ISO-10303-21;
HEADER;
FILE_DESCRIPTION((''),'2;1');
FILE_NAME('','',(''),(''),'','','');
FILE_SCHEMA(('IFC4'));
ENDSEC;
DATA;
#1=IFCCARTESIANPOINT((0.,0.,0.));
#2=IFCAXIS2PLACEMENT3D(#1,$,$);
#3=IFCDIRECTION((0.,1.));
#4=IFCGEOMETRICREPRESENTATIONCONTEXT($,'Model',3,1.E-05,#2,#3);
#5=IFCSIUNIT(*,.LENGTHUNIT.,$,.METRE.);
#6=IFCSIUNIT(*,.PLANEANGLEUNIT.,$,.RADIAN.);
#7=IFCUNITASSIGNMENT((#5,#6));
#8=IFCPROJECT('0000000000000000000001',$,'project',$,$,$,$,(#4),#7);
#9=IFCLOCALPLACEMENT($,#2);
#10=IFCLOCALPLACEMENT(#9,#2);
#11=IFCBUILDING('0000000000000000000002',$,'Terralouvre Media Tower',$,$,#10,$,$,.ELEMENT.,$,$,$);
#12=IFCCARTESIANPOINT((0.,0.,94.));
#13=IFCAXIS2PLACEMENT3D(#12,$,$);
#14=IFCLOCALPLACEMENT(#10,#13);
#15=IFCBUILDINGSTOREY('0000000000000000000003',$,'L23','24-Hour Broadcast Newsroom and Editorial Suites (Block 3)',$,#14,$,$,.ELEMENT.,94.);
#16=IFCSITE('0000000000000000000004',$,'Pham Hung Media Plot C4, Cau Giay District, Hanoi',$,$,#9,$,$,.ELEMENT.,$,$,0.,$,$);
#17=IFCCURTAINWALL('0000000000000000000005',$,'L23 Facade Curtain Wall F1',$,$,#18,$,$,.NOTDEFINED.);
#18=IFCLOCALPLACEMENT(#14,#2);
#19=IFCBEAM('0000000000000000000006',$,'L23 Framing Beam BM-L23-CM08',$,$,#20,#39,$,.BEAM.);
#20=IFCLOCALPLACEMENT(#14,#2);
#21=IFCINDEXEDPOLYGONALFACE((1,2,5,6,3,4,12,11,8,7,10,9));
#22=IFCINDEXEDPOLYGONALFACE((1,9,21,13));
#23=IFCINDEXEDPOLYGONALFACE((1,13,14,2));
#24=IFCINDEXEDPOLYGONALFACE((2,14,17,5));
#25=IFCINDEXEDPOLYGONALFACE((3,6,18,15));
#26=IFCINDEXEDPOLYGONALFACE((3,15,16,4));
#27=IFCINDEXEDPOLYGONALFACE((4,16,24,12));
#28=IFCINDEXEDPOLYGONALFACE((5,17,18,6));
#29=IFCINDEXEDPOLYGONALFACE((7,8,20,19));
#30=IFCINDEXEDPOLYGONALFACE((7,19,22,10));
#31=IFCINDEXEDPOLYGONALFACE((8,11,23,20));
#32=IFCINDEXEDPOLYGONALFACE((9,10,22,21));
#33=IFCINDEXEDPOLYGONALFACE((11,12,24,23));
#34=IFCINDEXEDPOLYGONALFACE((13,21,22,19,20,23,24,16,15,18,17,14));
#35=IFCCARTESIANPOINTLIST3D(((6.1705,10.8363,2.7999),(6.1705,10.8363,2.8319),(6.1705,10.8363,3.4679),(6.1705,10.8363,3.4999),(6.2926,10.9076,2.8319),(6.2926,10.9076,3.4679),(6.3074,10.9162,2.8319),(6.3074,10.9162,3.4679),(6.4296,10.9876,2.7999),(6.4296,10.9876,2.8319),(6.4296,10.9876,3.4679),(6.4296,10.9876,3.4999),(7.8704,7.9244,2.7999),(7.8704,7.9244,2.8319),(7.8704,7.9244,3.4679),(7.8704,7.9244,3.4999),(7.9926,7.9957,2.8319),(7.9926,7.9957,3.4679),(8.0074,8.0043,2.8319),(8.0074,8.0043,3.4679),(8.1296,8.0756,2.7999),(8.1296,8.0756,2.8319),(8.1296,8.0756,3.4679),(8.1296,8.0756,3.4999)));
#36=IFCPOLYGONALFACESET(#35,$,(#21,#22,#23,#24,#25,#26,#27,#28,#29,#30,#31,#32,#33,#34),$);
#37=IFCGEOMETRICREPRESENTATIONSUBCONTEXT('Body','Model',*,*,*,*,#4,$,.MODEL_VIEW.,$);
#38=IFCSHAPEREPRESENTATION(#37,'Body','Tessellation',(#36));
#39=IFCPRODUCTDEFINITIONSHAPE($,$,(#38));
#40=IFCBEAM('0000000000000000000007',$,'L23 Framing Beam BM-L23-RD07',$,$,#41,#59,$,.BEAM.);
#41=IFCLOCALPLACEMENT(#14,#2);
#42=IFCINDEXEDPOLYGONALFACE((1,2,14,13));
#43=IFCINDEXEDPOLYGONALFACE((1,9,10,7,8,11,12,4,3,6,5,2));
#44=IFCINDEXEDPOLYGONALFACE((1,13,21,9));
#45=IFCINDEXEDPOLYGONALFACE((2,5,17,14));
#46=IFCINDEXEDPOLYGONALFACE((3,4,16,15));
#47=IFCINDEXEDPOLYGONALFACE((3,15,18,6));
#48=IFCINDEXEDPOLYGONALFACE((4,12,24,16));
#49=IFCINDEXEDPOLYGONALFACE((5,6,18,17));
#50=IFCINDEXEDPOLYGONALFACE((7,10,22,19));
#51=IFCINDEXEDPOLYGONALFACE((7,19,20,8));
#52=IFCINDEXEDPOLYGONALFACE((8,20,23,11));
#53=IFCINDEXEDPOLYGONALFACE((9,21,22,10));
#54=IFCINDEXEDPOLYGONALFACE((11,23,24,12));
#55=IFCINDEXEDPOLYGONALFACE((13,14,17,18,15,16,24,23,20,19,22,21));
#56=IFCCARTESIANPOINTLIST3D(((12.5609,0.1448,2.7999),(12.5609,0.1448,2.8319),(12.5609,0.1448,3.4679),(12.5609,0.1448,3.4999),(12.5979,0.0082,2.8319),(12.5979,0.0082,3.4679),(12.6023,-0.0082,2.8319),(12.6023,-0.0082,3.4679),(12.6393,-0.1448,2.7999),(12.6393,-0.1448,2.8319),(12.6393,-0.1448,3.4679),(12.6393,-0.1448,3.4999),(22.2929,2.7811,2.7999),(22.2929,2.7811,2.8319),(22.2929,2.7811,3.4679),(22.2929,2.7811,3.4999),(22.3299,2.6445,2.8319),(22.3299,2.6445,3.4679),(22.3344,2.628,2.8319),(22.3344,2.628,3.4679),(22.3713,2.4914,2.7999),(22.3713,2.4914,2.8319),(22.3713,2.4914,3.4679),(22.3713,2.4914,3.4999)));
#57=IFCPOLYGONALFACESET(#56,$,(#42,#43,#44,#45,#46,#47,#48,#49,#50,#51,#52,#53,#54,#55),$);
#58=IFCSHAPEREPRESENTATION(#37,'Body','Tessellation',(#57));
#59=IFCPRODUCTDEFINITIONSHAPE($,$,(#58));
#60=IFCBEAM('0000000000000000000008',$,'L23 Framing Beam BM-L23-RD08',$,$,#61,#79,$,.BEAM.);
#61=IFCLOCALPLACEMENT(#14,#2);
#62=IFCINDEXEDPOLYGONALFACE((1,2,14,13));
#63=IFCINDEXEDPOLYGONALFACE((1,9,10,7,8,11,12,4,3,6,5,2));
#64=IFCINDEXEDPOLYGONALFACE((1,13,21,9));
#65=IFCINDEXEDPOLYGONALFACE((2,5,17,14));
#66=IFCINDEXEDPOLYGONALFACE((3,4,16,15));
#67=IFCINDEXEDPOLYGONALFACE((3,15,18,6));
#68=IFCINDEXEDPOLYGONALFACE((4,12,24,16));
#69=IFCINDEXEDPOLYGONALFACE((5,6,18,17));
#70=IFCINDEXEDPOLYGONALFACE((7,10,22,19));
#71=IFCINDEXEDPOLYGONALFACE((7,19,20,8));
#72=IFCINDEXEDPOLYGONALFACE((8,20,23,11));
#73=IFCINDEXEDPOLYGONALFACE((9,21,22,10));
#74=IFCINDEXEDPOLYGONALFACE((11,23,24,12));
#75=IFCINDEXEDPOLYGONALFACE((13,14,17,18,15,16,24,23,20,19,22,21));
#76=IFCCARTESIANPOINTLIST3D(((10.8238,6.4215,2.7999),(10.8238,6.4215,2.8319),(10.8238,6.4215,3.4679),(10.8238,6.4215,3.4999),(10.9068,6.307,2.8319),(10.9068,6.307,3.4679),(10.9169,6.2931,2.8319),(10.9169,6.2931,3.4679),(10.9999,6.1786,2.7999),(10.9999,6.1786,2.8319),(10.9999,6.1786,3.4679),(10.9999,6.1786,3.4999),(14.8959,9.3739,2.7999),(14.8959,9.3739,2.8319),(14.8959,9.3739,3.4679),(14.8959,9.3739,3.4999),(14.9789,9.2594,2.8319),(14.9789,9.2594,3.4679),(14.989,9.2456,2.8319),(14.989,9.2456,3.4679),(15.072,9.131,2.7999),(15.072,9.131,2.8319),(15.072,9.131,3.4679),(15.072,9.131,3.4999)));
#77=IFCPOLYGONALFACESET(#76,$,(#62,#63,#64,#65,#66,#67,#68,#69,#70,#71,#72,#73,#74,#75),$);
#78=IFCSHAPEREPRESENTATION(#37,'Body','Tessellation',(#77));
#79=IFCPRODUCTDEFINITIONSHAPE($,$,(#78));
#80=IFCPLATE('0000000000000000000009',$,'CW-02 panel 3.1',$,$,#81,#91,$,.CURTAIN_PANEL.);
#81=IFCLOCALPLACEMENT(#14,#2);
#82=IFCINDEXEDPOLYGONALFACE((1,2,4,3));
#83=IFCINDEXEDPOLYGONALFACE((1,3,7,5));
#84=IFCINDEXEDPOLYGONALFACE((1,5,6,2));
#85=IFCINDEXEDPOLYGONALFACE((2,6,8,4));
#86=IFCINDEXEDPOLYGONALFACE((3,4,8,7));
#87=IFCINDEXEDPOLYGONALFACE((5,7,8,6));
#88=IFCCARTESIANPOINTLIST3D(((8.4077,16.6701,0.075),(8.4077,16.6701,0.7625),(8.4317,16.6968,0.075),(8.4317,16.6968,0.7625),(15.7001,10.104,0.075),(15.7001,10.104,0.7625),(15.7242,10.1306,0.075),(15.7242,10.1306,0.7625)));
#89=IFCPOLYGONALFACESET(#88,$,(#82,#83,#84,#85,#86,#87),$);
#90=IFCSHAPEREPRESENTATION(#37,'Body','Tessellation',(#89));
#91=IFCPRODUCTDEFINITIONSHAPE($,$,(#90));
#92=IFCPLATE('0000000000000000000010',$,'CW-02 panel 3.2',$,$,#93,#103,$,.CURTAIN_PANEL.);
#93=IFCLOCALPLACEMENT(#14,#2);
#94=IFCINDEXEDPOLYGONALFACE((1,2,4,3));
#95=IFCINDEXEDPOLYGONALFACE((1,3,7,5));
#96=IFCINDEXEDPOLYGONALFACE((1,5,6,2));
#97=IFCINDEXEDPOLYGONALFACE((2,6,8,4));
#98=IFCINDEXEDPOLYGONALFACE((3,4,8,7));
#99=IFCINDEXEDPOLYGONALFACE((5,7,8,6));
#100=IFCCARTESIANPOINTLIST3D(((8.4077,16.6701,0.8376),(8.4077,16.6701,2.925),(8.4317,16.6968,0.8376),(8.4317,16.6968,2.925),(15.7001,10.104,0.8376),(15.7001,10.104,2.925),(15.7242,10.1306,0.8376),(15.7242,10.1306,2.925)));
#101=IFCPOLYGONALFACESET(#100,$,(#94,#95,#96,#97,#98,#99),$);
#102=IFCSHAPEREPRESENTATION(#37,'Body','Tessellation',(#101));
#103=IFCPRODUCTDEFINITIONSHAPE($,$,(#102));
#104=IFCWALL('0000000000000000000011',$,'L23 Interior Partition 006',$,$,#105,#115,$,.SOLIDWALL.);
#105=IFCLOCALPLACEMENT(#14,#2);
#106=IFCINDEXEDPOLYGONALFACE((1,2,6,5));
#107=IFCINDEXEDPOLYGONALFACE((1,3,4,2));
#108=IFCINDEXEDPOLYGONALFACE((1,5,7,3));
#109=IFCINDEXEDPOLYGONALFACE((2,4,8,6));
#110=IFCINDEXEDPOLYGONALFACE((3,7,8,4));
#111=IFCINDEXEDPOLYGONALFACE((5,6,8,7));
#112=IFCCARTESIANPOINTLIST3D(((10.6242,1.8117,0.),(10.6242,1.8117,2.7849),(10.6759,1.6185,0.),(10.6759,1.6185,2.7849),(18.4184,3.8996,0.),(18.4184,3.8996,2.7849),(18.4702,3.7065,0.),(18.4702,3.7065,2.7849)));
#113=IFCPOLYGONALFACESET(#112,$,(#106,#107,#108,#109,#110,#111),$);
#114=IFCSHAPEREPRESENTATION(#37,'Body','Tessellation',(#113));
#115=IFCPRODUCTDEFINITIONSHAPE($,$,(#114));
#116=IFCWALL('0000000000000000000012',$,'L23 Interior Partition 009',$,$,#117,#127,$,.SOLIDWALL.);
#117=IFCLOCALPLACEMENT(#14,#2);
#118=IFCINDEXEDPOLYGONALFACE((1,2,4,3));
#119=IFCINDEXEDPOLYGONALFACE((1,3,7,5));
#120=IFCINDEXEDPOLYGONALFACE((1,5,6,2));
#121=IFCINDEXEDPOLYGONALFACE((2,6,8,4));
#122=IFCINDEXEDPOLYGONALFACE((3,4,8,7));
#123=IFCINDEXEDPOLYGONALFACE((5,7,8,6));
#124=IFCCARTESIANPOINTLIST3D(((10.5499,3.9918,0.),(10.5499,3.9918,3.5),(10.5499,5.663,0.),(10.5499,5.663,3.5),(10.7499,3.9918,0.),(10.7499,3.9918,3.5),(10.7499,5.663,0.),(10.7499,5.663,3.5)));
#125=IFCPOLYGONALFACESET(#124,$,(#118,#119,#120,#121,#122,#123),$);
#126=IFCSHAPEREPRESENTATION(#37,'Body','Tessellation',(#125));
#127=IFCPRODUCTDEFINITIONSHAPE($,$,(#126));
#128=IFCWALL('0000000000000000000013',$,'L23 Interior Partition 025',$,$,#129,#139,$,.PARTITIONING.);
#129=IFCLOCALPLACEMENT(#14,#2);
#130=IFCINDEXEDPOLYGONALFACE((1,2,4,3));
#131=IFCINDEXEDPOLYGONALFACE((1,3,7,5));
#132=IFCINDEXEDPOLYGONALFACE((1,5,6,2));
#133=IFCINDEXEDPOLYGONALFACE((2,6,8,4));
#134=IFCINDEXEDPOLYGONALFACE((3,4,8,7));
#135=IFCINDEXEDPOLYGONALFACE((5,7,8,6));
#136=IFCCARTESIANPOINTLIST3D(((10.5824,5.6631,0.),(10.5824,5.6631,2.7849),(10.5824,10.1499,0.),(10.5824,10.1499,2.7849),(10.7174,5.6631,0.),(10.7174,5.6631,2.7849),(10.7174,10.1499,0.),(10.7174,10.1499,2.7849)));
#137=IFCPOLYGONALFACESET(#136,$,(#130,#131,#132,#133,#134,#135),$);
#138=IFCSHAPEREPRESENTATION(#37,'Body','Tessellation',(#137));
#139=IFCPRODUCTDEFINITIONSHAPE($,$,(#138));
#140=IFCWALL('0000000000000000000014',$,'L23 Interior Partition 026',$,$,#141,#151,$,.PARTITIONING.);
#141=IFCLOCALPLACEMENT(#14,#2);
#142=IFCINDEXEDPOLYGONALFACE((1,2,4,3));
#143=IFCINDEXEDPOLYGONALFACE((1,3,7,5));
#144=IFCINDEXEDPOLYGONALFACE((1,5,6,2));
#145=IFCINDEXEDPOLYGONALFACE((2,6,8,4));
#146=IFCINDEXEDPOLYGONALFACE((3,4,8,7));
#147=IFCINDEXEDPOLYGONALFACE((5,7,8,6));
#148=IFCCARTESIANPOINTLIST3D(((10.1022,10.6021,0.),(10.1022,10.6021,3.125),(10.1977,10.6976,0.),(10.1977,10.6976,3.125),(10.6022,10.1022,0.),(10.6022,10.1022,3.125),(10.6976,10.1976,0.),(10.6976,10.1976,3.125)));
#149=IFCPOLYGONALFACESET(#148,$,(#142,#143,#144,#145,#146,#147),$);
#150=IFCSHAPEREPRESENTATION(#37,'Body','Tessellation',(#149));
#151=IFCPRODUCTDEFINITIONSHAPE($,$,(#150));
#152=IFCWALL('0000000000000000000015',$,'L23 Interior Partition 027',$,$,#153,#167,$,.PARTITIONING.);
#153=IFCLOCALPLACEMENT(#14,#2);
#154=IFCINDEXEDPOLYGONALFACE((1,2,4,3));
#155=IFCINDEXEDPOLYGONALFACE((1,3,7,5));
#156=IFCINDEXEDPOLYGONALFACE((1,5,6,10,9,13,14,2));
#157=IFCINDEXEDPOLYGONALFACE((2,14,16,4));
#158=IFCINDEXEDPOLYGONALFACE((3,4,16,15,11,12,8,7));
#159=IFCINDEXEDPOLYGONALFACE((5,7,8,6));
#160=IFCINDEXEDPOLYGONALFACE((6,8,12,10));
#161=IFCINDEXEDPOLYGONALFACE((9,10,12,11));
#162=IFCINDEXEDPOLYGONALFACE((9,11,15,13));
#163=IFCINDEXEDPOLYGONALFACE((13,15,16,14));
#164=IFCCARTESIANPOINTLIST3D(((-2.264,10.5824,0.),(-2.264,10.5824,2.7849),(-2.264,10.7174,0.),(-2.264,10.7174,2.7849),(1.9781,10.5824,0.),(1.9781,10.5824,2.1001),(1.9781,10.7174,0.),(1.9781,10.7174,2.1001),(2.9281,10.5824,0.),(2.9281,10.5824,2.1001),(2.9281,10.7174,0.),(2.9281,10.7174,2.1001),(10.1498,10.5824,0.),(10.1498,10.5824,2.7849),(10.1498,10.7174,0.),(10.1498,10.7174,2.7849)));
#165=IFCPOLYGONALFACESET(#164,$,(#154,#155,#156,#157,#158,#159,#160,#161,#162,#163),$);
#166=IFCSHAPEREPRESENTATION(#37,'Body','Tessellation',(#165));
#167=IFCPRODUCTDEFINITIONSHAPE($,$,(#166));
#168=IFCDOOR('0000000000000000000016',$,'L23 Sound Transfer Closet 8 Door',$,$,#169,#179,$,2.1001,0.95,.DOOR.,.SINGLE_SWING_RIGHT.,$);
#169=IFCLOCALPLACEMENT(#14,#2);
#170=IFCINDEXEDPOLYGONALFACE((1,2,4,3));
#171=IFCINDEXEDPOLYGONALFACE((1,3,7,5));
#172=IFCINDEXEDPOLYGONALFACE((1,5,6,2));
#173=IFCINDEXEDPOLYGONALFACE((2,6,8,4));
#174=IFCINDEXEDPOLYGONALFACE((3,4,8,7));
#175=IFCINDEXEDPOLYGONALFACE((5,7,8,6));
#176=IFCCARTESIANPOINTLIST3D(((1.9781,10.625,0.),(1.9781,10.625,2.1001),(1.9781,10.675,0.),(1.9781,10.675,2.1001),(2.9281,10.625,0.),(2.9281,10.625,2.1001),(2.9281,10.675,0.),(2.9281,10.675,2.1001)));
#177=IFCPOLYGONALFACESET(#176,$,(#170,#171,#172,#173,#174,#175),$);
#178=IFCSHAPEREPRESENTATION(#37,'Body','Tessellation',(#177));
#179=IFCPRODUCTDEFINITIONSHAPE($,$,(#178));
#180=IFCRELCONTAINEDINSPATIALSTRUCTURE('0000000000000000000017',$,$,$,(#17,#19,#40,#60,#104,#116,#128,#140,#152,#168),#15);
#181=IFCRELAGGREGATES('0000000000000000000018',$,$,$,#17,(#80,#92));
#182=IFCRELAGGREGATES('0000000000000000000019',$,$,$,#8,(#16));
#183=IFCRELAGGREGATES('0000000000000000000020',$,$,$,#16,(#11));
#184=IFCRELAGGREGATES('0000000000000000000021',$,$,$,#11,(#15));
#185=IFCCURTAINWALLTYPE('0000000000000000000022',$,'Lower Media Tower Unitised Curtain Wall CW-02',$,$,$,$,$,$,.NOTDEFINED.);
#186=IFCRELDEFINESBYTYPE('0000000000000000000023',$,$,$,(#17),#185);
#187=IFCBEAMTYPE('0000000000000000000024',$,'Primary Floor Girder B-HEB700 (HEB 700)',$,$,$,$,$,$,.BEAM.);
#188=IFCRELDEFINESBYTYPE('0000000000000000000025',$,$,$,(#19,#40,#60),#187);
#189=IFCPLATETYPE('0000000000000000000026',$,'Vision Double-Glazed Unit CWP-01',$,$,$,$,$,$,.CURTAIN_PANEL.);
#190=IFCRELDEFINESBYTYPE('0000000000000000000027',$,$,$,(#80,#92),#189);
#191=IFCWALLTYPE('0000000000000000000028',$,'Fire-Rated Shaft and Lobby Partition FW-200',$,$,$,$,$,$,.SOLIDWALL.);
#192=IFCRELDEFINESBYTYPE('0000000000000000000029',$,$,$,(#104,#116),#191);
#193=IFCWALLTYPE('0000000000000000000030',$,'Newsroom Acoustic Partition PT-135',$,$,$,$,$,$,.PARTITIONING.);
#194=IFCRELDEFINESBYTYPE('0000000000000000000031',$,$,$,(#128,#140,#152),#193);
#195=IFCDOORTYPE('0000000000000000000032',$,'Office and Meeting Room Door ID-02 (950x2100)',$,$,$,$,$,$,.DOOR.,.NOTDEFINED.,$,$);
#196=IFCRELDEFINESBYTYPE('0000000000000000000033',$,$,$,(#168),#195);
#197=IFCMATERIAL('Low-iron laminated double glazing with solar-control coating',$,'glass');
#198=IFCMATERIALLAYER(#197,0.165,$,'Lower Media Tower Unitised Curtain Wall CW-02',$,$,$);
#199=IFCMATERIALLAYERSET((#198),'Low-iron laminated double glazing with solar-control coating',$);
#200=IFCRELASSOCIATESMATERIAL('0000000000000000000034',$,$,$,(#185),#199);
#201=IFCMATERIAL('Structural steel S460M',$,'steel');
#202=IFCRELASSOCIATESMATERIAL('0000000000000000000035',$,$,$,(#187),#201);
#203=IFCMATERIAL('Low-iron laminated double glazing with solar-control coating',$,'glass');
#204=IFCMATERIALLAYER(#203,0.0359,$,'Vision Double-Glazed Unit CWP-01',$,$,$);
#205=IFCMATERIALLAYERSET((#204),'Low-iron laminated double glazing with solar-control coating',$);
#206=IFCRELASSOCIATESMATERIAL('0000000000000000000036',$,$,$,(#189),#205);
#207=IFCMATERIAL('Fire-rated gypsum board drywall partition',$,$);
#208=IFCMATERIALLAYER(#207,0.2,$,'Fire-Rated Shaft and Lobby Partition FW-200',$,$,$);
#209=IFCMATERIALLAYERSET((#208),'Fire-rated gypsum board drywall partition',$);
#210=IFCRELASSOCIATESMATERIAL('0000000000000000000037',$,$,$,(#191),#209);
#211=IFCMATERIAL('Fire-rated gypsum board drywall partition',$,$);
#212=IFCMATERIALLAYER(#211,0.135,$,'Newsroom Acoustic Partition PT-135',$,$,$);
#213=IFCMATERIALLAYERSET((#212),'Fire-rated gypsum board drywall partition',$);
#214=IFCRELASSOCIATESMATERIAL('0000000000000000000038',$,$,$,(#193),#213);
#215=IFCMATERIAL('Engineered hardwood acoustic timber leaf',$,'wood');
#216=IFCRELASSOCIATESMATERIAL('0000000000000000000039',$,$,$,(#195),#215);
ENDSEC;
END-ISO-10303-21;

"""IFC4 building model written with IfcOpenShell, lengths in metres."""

from ifc_helpers import new_model, si_unit, direction, frame, frame_2d, origin, origin_2d, place, context, subcontext, project, spatial, rectangle, i_section, extrude, material, layer, layer_set, material_profile, profile_set, type_object, element, fill, aggregate, save


model = new_model("IFC4")

# Units and contexts
model_context = context("Model", 3, precision=1e-05, world=origin(), true_north=direction((0.0, 1.0)))
body_context = subcontext(model_context, "Body", "Model", "MODEL_VIEW")
ifc_project = project(units=[si_unit("LENGTHUNIT", "METRE"), si_unit("PLANEANGLEUNIT", "RADIAN")], contexts=[model_context])

# Site, building, storey
site_placement = place(None, origin())
site = spatial("IfcSite", under=ifc_project, at=site_placement, Name="Pham Hung Media Plot C4, Cau Giay District, Hanoi", CompositionType="ELEMENT", RefElevation=0.0)
building_placement = place(site_placement, origin())
building = spatial("IfcBuilding", under=site, at=building_placement, Name="Terralouvre Media Tower", CompositionType="ELEMENT")
storey_placement = place(building_placement, frame((0.0, 0.0, 94.0)))
storey = spatial("IfcBuildingStorey", under=building, at=storey_placement, Name="L23", Description="24-Hour Broadcast Newsroom and Editorial Suites (Block 3)", CompositionType="ELEMENT", Elevation=94.0)

# Curtain wall
ifc_material_1 = material(Name="Low-iron laminated double glazing with solar-control coating", Category="glass")
ifc_layer_1 = layer(ifc_material_1, 0.165, Name="Lower Media Tower Unitised Curtain Wall CW-02")
ifc_layer_set_1 = layer_set([ifc_layer_1], Name="Low-iron laminated double glazing with solar-control coating")
curtain_wall_type = type_object("IfcCurtainWallType", Name="Lower Media Tower Unitised Curtain Wall CW-02", PredefinedType="NOTDEFINED", material=ifc_layer_set_1)
curtain_wall_placement = place(storey_placement, origin())
curtain_wall = element("IfcCurtainWall", 1, at=curtain_wall_placement, inside=storey, type_object=curtain_wall_type, Name="L23 Facade Curtain Wall F1", PredefinedType="NOTDEFINED")

# Beams
ifc_material_2 = material(Name="Structural steel S460M", Category="steel")
ifc_material_profile_1 = material_profile(ifc_material_2, i_section(OverallWidth=0.3, OverallDepth=0.7, WebThickness=0.0171, FlangeThickness=0.032, at=origin_2d()), Name="HEB 700")
ifc_profile_set_1 = profile_set([ifc_material_profile_1], Name="Structural steel S460M")
beam_type_1 = type_object("IfcBeamType", Name="Primary Floor Girder B-HEB700 (HEB 700)", PredefinedType="BEAM", material=ifc_profile_set_1)
for number, where, z_axis, x_axis, name in (
    (2, (8.0, 8.0, 3.1499), (-0.504173, 0.863603, 0.0), (-0.863603, -0.504173, 0.0), "L23 Framing Beam BM-L23-CM08"),
):
    element("IfcBeam", number, at=place(storey_placement, frame(where, z_axis=z_axis, x_axis=x_axis)), inside=storey, type_object=beam_type_1, Name=name, PredefinedType="BEAM", context=body_context, shape_type="SweptSolid", body=[
        extrude(i_section(OverallWidth=0.3, OverallDepth=0.7, WebThickness=0.0171, FlangeThickness=0.032, at=origin_2d()), origin(), (0.0, 0.0, 1.0), 3.3718),
    ])
beam_1_placement = place(storey_placement, frame((12.6001, 0.0, 3.1499), z_axis=(0.965214, 0.261462, 0.0), x_axis=(-0.261462, 0.965214, 0.0)))
element("IfcBeam", 3, at=beam_1_placement, inside=storey, type_object=beam_type_1, Name="L23 Framing Beam BM-L23-RD07", PredefinedType="BEAM", context=body_context, shape_type="SweptSolid", body=[
    extrude(i_section(OverallWidth=0.3, OverallDepth=0.7, WebThickness=0.0171, FlangeThickness=0.032, at=origin_2d()), origin(), (0.0, 0.0, 1.0), 10.0828),
])
beam_2_placement = place(storey_placement, frame((10.9119, 6.3, 3.1499), z_axis=(0.809594, 0.586991, 0.0), x_axis=(-0.586991, 0.809594, 0.0)))
element("IfcBeam", 4, at=beam_2_placement, inside=storey, type_object=beam_type_1, Name="L23 Framing Beam BM-L23-RD08", PredefinedType="BEAM", context=body_context, shape_type="SweptSolid", body=[
    extrude(i_section(OverallWidth=0.3, OverallDepth=0.7, WebThickness=0.0171, FlangeThickness=0.032, at=origin_2d()), origin(), (0.0, 0.0, 1.0), 5.0298),
])

# Plates
ifc_material_3 = material(Name="Low-iron laminated double glazing with solar-control coating", Category="glass")
ifc_layer_2 = layer(ifc_material_3, 0.0359, Name="Vision Double-Glazed Unit CWP-01")
ifc_layer_set_2 = layer_set([ifc_layer_2], Name="Low-iron laminated double glazing with solar-control coating")
plate_type = type_object("IfcPlateType", Name="Vision Double-Glazed Unit CWP-01", PredefinedType="CURTAIN_PANEL", material=ifc_layer_set_2)
plate_1_placement = place(storey_placement, frame((12.0659, 13.4004, 0.075), z_axis=(0.0, 0.0, 1.0), x_axis=(-0.743145, 0.669131, 0.0)))
plate_1 = element("IfcPlate", 5, at=plate_1_placement, type_object=plate_type, Name="CW-02 panel 3.1", PredefinedType="CURTAIN_PANEL", context=body_context, shape_type="SweptSolid", body=[
    extrude(rectangle(XDim=9.813, YDim=0.0359, at=origin_2d()), origin(), (0.0, 0.0, 1.0), 0.6875),
])
plate_2_placement = place(storey_placement, frame((12.0659, 13.4004, 0.8376), z_axis=(0.0, 0.0, 1.0), x_axis=(-0.743145, 0.669131, 0.0)))
plate_2 = element("IfcPlate", 6, at=plate_2_placement, type_object=plate_type, Name="CW-02 panel 3.2", PredefinedType="CURTAIN_PANEL", context=body_context, shape_type="SweptSolid", body=[
    extrude(rectangle(XDim=9.813, YDim=0.0359, at=origin_2d()), origin(), (0.0, 0.0, 1.0), 2.0874),
])
aggregate(curtain_wall, [plate_1, plate_2])

# Walls
ifc_material_4 = material(Name="Fire-rated gypsum board drywall partition")
ifc_layer_3 = layer(ifc_material_4, 0.2, Name="Fire-Rated Shaft and Lobby Partition FW-200")
ifc_layer_set_3 = layer_set([ifc_layer_3], Name="Fire-rated gypsum board drywall partition")
wall_type_1 = type_object("IfcWallType", Name="Fire-Rated Shaft and Lobby Partition FW-200", PredefinedType="SOLIDWALL", material=ifc_layer_set_3)
wall_1_placement = place(storey_placement, frame((10.6499, 1.7151, 0.0), z_axis=(0.0, 0.0, 1.0), x_axis=(0.965943, 0.258755, 0.0)))
element("IfcWall", 7, at=wall_1_placement, inside=storey, type_object=wall_type_1, Name="L23 Interior Partition 006", PredefinedType="SOLIDWALL", context=body_context, shape_type="SweptSolid", body=[
    extrude(rectangle(XDim=8.0691, YDim=0.2, at=frame_2d((4.0347, 0.0))), origin(), (0.0, 0.0, 1.0), 2.7849),
])
wall_2_placement = place(storey_placement, frame((10.6499, 3.9919, 0.0), z_axis=(0.0, 0.0, 1.0), x_axis=(0.0, 1.0, 0.0)))
element("IfcWall", 8, at=wall_2_placement, inside=storey, type_object=wall_type_1, Name="L23 Interior Partition 009", PredefinedType="SOLIDWALL", context=body_context, shape_type="SweptSolid", body=[
    extrude(rectangle(XDim=1.6711, YDim=0.2, at=frame_2d((0.8354, 0.0))), origin(), (0.0, 0.0, 1.0), 3.5),
])
ifc_material_5 = material(Name="Fire-rated gypsum board drywall partition")
ifc_layer_4 = layer(ifc_material_5, 0.135, Name="Newsroom Acoustic Partition PT-135")
ifc_layer_set_4 = layer_set([ifc_layer_4], Name="Fire-rated gypsum board drywall partition")
wall_type_2 = type_object("IfcWallType", Name="Newsroom Acoustic Partition PT-135", PredefinedType="PARTITIONING", material=ifc_layer_set_4)
wall_3_placement = place(storey_placement, frame((10.6499, 5.6631, 0.0), z_axis=(0.0, 0.0, 1.0), x_axis=(0.0, 1.0, 0.0)))
element("IfcWall", 9, at=wall_3_placement, inside=storey, type_object=wall_type_2, Name="L23 Interior Partition 025", PredefinedType="PARTITIONING", context=body_context, shape_type="SweptSolid", body=[
    extrude(rectangle(XDim=4.4868, YDim=0.135, at=frame_2d((2.2434, 0.0))), origin(), (0.0, 0.0, 1.0), 2.7849),
])
wall_4_placement = place(storey_placement, frame((10.6499, 10.1499, 0.0), z_axis=(0.0, 0.0, 1.0), x_axis=(-0.707107, 0.707107, 0.0)))
element("IfcWall", 10, at=wall_4_placement, inside=storey, type_object=wall_type_2, Name="L23 Interior Partition 026", PredefinedType="PARTITIONING", context=body_context, shape_type="SweptSolid", body=[
    extrude(rectangle(XDim=0.707, YDim=0.135, at=frame_2d((0.3535, 0.0))), origin(), (0.0, 0.0, 1.0), 3.125),
])

# Wall, opening, door
wall_5_placement = place(storey_placement, frame((10.1499, 10.6499, 0.0), z_axis=(0.0, 0.0, 1.0), x_axis=(-1.0, 0.0, 0.0)))
wall_5 = element("IfcWall", 11, at=wall_5_placement, inside=storey, type_object=wall_type_2, Name="L23 Interior Partition 027", PredefinedType="PARTITIONING", context=body_context, shape_type="SweptSolid", body=[
    extrude(rectangle(XDim=12.4138, YDim=0.135, at=frame_2d((6.207, 0.0))), origin(), (0.0, 0.0, 1.0), 2.7849),
])
opening_placement = place(wall_5_placement, frame((7.2217, 0.0, 0.0)))
opening = element("IfcOpeningElement", 12, at=opening_placement, cuts=wall_5, PredefinedType="OPENING", context=body_context, shape_type="SweptSolid", body=[
    extrude(rectangle(XDim=0.95, YDim=2.1001, at=frame_2d((0.4751, 1.05))), frame((0.0, 0.0774, 0.0), z_axis=(0.0, -1.0, 0.0), x_axis=(1.0, 0.0, 0.0)), (0.0, 0.0, 1.0), 0.155),
])
ifc_material_6 = material(Name="Engineered hardwood acoustic timber leaf", Category="wood")
door_type = type_object("IfcDoorType", Name="Office and Meeting Room Door ID-02 (950x2100)", OperationType="NOTDEFINED", PredefinedType="DOOR", material=ifc_material_6)
door_placement = place(opening_placement, origin())
door = element("IfcDoor", 13, at=door_placement, inside=storey, type_object=door_type, Name="L23 Sound Transfer Closet 8 Door", OperationType="SINGLE_SWING_RIGHT", OverallHeight=2.1001, OverallWidth=0.95, PredefinedType="DOOR", context=body_context, shape_type="SweptSolid", body=[
    extrude(rectangle(XDim=0.95, YDim=2.1001, at=frame_2d((0.4751, 1.05))), frame((0.0, 0.0249, 0.0), z_axis=(0.0, -1.0, 0.0), x_axis=(1.0, 0.0, 0.0)), (0.0, 0.0, 1.0), 0.05),
])
fill(opening, door)

save(model, "model.ifc")
